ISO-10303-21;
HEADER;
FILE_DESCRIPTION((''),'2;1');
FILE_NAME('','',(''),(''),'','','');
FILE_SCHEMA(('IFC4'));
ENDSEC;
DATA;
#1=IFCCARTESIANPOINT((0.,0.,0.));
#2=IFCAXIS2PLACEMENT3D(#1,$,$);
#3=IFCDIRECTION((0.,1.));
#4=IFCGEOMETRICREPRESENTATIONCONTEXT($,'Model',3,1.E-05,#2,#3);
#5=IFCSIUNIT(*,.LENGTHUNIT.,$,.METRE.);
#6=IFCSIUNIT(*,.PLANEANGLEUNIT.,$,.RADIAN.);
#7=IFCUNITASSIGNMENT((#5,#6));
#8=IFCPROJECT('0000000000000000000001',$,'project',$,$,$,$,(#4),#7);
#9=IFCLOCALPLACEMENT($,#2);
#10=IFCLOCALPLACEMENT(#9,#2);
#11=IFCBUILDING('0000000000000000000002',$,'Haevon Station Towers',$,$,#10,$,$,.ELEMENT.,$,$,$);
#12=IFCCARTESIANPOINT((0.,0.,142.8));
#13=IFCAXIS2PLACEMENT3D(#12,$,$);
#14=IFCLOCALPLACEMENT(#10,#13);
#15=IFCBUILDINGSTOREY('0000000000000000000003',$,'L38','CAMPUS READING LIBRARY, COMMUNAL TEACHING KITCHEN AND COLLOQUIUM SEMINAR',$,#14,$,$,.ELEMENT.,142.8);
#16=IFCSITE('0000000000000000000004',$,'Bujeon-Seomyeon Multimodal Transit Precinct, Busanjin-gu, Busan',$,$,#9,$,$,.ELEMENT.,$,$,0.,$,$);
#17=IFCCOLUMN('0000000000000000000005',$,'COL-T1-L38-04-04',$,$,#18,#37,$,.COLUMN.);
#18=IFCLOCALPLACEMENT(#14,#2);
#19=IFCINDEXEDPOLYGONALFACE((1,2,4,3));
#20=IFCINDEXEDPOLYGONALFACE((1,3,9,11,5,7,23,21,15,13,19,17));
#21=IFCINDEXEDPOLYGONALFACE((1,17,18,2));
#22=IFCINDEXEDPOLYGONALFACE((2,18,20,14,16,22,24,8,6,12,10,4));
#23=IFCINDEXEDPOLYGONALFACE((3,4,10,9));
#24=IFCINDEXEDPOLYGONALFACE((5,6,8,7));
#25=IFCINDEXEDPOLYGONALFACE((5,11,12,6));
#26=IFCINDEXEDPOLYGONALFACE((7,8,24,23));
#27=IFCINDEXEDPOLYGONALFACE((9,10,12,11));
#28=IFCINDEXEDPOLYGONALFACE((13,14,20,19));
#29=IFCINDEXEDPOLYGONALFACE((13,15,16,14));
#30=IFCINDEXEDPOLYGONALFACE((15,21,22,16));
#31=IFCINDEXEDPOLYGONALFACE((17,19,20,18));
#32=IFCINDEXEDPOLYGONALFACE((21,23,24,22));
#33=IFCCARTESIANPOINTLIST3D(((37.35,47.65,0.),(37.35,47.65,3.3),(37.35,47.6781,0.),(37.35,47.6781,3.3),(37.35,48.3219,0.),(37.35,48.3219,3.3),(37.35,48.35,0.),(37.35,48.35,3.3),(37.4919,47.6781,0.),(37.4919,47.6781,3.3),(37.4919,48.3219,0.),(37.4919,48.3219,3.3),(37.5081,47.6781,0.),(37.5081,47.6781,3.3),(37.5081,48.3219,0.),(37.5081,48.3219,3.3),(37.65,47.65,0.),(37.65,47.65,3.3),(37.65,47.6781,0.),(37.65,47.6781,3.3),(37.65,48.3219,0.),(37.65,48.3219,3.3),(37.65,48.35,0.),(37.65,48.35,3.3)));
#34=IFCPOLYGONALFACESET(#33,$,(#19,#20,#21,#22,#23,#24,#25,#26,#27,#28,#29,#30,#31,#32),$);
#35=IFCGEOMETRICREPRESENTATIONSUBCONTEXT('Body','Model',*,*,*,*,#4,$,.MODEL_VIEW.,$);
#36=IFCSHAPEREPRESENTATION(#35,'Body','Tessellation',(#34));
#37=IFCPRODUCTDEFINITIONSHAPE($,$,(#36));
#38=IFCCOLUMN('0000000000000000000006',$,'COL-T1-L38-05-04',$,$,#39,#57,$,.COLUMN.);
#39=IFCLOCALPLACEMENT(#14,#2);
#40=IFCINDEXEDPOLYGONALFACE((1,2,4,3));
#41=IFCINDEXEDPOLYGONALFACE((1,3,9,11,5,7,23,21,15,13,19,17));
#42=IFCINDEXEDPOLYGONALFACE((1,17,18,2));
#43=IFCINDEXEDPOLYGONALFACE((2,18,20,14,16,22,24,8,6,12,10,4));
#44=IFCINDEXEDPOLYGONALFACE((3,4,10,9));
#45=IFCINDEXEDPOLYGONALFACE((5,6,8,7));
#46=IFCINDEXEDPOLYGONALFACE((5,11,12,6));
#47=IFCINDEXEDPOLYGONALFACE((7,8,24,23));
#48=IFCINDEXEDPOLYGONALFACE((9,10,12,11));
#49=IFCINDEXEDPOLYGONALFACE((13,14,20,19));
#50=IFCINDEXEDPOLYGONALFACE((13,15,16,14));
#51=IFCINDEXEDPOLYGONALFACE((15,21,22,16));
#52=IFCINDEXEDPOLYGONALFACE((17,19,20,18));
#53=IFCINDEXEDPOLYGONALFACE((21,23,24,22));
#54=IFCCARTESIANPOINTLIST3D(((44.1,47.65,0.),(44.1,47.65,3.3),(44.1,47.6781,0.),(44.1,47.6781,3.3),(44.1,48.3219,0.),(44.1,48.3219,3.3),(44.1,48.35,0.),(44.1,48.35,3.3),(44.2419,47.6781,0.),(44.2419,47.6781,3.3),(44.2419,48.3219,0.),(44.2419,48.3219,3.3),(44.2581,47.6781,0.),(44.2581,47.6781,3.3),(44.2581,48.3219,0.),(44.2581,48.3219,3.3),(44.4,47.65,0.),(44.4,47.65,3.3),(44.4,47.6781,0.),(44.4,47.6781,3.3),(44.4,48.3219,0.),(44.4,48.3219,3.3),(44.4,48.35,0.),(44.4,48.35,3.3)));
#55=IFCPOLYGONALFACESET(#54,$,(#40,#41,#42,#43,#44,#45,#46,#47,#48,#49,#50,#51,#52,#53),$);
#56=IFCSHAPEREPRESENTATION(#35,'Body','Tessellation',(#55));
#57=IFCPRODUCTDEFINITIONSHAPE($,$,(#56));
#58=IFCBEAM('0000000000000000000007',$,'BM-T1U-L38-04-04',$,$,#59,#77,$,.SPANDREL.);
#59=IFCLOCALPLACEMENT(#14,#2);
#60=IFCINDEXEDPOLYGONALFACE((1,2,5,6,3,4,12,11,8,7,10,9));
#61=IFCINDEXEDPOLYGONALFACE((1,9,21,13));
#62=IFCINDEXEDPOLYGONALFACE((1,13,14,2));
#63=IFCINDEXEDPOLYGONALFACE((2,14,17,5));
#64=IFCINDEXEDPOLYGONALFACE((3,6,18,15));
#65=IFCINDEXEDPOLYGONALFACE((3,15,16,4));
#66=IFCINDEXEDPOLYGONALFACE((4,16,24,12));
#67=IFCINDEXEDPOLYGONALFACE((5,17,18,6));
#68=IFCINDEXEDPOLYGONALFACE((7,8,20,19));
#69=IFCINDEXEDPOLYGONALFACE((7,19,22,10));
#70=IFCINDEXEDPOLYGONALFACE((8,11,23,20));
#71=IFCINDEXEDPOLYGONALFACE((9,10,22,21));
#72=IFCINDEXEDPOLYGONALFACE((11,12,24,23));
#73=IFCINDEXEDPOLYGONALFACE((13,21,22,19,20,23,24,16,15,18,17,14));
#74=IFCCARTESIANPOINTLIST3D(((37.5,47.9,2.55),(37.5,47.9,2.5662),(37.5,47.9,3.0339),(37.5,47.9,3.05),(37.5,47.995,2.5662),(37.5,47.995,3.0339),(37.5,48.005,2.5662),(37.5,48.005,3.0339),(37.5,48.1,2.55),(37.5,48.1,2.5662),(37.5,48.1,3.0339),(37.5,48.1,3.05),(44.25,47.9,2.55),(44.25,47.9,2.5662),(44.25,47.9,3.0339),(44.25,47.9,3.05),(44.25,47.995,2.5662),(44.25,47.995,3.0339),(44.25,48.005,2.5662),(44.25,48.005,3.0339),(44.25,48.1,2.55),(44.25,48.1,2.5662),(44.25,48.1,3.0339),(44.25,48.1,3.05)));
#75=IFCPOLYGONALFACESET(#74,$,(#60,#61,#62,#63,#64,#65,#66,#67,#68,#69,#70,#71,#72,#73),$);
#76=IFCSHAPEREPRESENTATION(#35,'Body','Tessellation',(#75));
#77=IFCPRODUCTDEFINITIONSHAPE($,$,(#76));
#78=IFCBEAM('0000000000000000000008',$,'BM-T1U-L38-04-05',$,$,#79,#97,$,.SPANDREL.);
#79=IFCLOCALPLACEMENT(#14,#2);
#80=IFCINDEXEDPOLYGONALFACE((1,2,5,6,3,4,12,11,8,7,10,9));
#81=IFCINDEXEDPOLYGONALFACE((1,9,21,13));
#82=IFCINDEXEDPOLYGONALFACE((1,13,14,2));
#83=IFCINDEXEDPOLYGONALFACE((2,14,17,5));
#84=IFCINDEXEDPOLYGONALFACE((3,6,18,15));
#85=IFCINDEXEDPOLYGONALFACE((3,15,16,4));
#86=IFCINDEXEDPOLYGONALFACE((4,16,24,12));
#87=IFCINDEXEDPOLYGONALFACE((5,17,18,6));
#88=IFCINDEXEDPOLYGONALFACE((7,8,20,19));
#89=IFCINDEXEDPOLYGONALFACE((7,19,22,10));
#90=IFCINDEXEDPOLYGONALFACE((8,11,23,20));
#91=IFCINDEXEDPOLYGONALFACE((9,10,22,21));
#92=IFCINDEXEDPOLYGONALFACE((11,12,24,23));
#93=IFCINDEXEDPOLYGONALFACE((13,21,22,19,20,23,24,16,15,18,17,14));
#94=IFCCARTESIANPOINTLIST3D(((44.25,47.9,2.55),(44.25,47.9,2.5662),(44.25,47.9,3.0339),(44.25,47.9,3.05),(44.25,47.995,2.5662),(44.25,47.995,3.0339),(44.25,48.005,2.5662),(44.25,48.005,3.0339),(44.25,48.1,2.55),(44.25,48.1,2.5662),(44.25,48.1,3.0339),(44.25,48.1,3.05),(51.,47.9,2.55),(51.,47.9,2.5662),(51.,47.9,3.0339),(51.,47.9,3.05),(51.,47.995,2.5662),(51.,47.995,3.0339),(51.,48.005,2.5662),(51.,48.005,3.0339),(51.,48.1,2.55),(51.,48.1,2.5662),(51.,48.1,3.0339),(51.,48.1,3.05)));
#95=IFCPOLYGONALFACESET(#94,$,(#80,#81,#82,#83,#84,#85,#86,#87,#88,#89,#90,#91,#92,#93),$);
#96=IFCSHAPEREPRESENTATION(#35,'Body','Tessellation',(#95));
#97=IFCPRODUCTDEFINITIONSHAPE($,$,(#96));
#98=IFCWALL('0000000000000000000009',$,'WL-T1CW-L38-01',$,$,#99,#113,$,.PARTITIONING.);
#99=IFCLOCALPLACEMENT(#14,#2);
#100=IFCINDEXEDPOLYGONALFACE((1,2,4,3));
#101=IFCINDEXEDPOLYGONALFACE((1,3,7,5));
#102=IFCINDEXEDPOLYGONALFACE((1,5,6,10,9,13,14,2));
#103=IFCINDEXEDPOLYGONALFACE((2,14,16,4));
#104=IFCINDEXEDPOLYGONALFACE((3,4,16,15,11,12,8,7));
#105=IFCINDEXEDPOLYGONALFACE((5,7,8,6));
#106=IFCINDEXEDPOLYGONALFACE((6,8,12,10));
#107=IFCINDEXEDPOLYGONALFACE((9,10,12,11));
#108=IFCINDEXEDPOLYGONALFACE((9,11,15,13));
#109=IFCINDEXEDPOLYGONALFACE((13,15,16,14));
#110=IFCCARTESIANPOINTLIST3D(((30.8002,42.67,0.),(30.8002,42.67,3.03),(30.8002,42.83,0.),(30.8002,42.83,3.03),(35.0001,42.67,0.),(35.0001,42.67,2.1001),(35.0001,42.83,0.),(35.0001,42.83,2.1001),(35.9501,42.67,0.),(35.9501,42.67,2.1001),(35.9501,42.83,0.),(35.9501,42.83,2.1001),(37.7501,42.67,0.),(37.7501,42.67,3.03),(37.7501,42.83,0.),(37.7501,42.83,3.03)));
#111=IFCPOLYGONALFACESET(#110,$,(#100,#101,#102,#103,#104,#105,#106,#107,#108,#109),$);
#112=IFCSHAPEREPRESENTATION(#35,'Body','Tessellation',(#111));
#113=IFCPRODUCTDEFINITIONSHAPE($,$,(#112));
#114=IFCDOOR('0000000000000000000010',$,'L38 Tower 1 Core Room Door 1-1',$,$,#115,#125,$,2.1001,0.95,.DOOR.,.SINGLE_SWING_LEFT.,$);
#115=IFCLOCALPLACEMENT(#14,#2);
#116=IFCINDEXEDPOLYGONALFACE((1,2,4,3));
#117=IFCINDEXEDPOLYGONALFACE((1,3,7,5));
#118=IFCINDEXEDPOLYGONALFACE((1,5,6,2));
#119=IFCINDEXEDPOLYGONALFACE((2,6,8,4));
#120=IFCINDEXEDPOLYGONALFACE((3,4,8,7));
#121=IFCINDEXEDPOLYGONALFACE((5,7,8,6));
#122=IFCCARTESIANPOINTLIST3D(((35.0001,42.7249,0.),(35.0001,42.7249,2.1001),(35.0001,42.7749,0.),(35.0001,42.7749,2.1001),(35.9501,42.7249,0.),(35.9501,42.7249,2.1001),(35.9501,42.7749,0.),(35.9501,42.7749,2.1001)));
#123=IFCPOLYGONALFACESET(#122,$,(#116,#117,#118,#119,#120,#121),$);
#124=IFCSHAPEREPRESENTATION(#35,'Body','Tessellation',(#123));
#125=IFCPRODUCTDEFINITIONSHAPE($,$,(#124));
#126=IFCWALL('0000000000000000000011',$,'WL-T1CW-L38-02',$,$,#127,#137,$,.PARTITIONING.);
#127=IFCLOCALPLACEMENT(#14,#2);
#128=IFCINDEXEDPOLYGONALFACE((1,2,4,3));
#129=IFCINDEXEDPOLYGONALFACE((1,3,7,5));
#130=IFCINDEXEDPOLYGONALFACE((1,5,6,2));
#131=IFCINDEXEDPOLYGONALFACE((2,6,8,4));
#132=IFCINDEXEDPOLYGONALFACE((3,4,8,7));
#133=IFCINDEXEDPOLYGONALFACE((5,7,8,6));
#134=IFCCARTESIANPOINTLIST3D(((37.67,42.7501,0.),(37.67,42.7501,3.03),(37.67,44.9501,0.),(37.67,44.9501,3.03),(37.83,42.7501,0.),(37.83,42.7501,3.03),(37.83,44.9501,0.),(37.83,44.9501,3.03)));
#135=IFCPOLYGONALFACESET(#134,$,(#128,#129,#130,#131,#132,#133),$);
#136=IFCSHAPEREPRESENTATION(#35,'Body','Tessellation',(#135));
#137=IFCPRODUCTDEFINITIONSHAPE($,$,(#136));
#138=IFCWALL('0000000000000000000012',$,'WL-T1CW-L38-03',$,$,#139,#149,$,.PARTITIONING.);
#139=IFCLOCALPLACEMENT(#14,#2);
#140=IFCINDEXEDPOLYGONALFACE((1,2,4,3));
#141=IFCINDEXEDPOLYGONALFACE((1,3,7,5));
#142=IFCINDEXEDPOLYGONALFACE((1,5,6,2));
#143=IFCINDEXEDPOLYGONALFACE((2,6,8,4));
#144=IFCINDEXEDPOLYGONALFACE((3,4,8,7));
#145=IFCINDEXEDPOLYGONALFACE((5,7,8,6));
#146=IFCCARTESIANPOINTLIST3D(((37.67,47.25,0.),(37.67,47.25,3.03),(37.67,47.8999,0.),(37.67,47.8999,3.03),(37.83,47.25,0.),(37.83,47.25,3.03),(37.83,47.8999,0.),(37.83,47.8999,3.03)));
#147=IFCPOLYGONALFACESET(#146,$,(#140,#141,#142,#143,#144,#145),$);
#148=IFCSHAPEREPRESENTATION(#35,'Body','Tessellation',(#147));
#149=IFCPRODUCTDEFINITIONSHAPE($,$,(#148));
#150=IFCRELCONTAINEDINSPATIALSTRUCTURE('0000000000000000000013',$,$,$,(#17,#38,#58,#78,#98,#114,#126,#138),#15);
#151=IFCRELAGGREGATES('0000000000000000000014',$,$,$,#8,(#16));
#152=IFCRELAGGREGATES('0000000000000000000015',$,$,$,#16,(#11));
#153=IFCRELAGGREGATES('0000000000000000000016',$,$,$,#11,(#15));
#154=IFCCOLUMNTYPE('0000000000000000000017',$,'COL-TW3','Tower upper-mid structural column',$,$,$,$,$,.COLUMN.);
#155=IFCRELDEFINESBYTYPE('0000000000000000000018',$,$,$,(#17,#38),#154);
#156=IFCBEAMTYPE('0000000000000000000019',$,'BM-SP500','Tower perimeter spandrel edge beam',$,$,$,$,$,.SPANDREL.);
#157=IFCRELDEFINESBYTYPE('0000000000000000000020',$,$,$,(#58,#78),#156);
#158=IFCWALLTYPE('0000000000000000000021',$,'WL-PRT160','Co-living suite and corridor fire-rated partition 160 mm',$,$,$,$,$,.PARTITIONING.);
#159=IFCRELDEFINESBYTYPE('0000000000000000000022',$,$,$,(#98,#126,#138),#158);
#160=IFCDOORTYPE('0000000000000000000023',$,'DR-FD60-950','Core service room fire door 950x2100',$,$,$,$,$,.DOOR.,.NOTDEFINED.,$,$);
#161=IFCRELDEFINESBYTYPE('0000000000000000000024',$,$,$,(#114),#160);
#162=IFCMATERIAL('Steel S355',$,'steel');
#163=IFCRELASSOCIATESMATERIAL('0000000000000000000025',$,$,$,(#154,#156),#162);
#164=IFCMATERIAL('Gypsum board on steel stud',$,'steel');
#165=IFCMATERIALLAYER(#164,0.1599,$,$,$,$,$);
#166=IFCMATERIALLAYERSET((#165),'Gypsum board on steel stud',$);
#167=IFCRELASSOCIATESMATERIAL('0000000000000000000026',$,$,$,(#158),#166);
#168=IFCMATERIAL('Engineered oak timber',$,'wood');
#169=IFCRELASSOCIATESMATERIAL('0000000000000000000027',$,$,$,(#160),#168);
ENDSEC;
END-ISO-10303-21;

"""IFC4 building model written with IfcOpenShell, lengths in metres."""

from ifc_helpers import new_model, si_unit, direction, frame, frame_2d, origin, origin_2d, place, context, subcontext, project, spatial, rectangle, i_section, extrude, material, layer, layer_set, material_profile, profile_set, type_object, element, fill, save


model = new_model("IFC4")

# Units and contexts
model_context = context("Model", 3, precision=1e-05, world=origin(), true_north=direction((0.0, 1.0)))
body_context = subcontext(model_context, "Body", "Model", "MODEL_VIEW")
ifc_project = project(units=[si_unit("LENGTHUNIT", "METRE"), si_unit("PLANEANGLEUNIT", "RADIAN")], contexts=[model_context])

# Site, building, storey
site_placement = place(None, origin())
site = spatial("IfcSite", under=ifc_project, at=site_placement, Name="Bujeon-Seomyeon Multimodal Transit Precinct, Busanjin-gu, Busan", CompositionType="ELEMENT", RefElevation=0.0)
building_placement = place(site_placement, origin())
building = spatial("IfcBuilding", under=site, at=building_placement, Name="Haevon Station Towers", CompositionType="ELEMENT")
storey_placement = place(building_placement, frame((0.0, 0.0, 142.8)))
storey = spatial("IfcBuildingStorey", under=building, at=storey_placement, Name="L38", Description="CAMPUS READING LIBRARY, COMMUNAL TEACHING KITCHEN AND COLLOQUIUM SEMINAR", CompositionType="ELEMENT", Elevation=142.8)

# Columns
ifc_material_1 = material(Name="Steel S355", Category="steel")
ifc_material_profile_1 = material_profile(ifc_material_1, i_section(OverallWidth=0.3, OverallDepth=0.7, WebThickness=0.0161, FlangeThickness=0.0281, at=origin_2d()), Name="H-700x300x16x28")
ifc_profile_set_1 = profile_set([ifc_material_profile_1], Name="Steel S355")
column_type = type_object("IfcColumnType", Name="COL-TW3", Description="Tower upper-mid structural column", PredefinedType="COLUMN", material=ifc_profile_set_1)
for number, where, z_axis, x_axis, name in (
    (1, (37.5, 48.0, 0.0), (0.0, 0.0, 1.0), (1.0, 0.0, 0.0), "COL-T1-L38-04-04"),
    (2, (44.25, 48.0, 0.0), (0.0, 0.0, 1.0), (1.0, 0.0, 0.0), "COL-T1-L38-05-04"),
):
    element("IfcColumn", number, at=place(storey_placement, frame(where, z_axis=z_axis, x_axis=x_axis)), inside=storey, type_object=column_type, Name=name, PredefinedType="COLUMN", context=body_context, shape_type="SweptSolid", body=[
        extrude(i_section(OverallWidth=0.3, OverallDepth=0.7, WebThickness=0.0161, FlangeThickness=0.0281, at=origin_2d()), origin(), (0.0, 0.0, 1.0), 3.3),
    ])

# Beams
ifc_material_profile_2 = material_profile(ifc_material_1, i_section(OverallWidth=0.2, OverallDepth=0.5, WebThickness=0.01, FlangeThickness=0.0161, at=origin_2d()), Name="H-500x200x10x16")
ifc_profile_set_2 = profile_set([ifc_material_profile_2], Name="Steel S355")
beam_type = type_object("IfcBeamType", Name="BM-SP500", Description="Tower perimeter spandrel edge beam", PredefinedType="SPANDREL", material=ifc_profile_set_2)
for number, where, z_axis, x_axis, name in (
    (3, (37.5, 48.0, 2.8), (1.0, 0.0, 0.0), (0.0, 1.0, 0.0), "BM-T1U-L38-04-04"),
    (4, (44.25, 48.0, 2.8), (1.0, 0.0, 0.0), (0.0, 1.0, 0.0), "BM-T1U-L38-04-05"),
):
    element("IfcBeam", number, at=place(storey_placement, frame(where, z_axis=z_axis, x_axis=x_axis)), inside=storey, type_object=beam_type, Name=name, PredefinedType="SPANDREL", context=body_context, shape_type="SweptSolid", body=[
        extrude(i_section(OverallWidth=0.2, OverallDepth=0.5, WebThickness=0.01, FlangeThickness=0.0161, at=origin_2d()), origin(), (0.0, 0.0, 1.0), 6.75),
    ])

# Wall, opening, door
ifc_material_2 = material(Name="Gypsum board on steel stud", Category="steel")
ifc_layer_1 = layer(ifc_material_2, 0.1599)
ifc_layer_set_1 = layer_set([ifc_layer_1], Name="Gypsum board on steel stud")
wall_type_1 = type_object("IfcWallType", Name="WL-PRT160", Description="Co-living suite and corridor fire-rated partition 160 mm", PredefinedType="PARTITIONING", material=ifc_layer_set_1)
wall_1_placement = place(storey_placement, frame((30.8, 42.75, 0.0), z_axis=(0.0, 0.0, 1.0), x_axis=(1.0, 0.0, 0.0)))
wall_1 = element("IfcWall", 5, at=wall_1_placement, inside=storey, type_object=wall_type_1, Name="WL-T1CW-L38-01", PredefinedType="PARTITIONING", context=body_context, shape_type="SweptSolid", body=[
    extrude(rectangle(XDim=6.95, YDim=0.1599, at=frame_2d((3.4751, 0.0))), origin(), (0.0, 0.0, 1.0), 3.03),
])
opening_1_placement = place(wall_1_placement, frame((4.2, 0.0, 0.0)))
opening_1 = element("IfcOpeningElement", 6, at=opening_1_placement, cuts=wall_1, PredefinedType="OPENING", context=body_context, shape_type="SweptSolid", body=[
    extrude(rectangle(XDim=0.95, YDim=2.1001, at=frame_2d((0.4751, 1.05))), frame((0.0, 0.0898, 0.0), z_axis=(0.0, -1.0, 0.0), x_axis=(1.0, 0.0, 0.0)), (0.0, 0.0, 1.0), 0.1799),
])
ifc_material_3 = material(Name="Engineered oak timber", Category="wood")
door_type_1 = type_object("IfcDoorType", Name="DR-FD60-950", Description="Core service room fire door 950x2100", OperationType="NOTDEFINED", PredefinedType="DOOR", material=ifc_material_3)
door_1_placement = place(opening_1_placement, origin())
door_1 = element("IfcDoor", 7, at=door_1_placement, inside=storey, type_object=door_type_1, Name="L38 Tower 1 Core Room Door 1-1", OperationType="SINGLE_SWING_LEFT", OverallHeight=2.1001, OverallWidth=0.95, PredefinedType="DOOR", context=body_context, shape_type="SweptSolid", body=[
    extrude(rectangle(XDim=0.95, YDim=2.1001, at=frame_2d((0.4751, 1.05))), frame((0.0, 0.0249, 0.0), z_axis=(0.0, -1.0, 0.0), x_axis=(1.0, 0.0, 0.0)), (0.0, 0.0, 1.0), 0.05),
])
fill(opening_1, door_1)

# Walls
wall_2_placement = place(storey_placement, frame((37.75, 42.75, 0.0), z_axis=(0.0, 0.0, 1.0), x_axis=(0.0, 1.0, 0.0)))
element("IfcWall", 8, at=wall_2_placement, inside=storey, type_object=wall_type_1, Name="WL-T1CW-L38-02", PredefinedType="PARTITIONING", context=body_context, shape_type="SweptSolid", body=[
    extrude(rectangle(XDim=2.2, YDim=0.1599, at=frame_2d((1.1001, 0.0))), origin(), (0.0, 0.0, 1.0), 3.03),
])
wall_3_placement = place(storey_placement, frame((37.75, 47.25, 0.0), z_axis=(0.0, 0.0, 1.0), x_axis=(0.0, 1.0, 0.0)))
element("IfcWall", 9, at=wall_3_placement, inside=storey, type_object=wall_type_1, Name="WL-T1CW-L38-03", PredefinedType="PARTITIONING", context=body_context, shape_type="SweptSolid", body=[
    extrude(rectangle(XDim=0.6499, YDim=0.1599, at=frame_2d((0.325, 0.0))), origin(), (0.0, 0.0, 1.0), 3.03),
])

save(model, "model.ifc")
